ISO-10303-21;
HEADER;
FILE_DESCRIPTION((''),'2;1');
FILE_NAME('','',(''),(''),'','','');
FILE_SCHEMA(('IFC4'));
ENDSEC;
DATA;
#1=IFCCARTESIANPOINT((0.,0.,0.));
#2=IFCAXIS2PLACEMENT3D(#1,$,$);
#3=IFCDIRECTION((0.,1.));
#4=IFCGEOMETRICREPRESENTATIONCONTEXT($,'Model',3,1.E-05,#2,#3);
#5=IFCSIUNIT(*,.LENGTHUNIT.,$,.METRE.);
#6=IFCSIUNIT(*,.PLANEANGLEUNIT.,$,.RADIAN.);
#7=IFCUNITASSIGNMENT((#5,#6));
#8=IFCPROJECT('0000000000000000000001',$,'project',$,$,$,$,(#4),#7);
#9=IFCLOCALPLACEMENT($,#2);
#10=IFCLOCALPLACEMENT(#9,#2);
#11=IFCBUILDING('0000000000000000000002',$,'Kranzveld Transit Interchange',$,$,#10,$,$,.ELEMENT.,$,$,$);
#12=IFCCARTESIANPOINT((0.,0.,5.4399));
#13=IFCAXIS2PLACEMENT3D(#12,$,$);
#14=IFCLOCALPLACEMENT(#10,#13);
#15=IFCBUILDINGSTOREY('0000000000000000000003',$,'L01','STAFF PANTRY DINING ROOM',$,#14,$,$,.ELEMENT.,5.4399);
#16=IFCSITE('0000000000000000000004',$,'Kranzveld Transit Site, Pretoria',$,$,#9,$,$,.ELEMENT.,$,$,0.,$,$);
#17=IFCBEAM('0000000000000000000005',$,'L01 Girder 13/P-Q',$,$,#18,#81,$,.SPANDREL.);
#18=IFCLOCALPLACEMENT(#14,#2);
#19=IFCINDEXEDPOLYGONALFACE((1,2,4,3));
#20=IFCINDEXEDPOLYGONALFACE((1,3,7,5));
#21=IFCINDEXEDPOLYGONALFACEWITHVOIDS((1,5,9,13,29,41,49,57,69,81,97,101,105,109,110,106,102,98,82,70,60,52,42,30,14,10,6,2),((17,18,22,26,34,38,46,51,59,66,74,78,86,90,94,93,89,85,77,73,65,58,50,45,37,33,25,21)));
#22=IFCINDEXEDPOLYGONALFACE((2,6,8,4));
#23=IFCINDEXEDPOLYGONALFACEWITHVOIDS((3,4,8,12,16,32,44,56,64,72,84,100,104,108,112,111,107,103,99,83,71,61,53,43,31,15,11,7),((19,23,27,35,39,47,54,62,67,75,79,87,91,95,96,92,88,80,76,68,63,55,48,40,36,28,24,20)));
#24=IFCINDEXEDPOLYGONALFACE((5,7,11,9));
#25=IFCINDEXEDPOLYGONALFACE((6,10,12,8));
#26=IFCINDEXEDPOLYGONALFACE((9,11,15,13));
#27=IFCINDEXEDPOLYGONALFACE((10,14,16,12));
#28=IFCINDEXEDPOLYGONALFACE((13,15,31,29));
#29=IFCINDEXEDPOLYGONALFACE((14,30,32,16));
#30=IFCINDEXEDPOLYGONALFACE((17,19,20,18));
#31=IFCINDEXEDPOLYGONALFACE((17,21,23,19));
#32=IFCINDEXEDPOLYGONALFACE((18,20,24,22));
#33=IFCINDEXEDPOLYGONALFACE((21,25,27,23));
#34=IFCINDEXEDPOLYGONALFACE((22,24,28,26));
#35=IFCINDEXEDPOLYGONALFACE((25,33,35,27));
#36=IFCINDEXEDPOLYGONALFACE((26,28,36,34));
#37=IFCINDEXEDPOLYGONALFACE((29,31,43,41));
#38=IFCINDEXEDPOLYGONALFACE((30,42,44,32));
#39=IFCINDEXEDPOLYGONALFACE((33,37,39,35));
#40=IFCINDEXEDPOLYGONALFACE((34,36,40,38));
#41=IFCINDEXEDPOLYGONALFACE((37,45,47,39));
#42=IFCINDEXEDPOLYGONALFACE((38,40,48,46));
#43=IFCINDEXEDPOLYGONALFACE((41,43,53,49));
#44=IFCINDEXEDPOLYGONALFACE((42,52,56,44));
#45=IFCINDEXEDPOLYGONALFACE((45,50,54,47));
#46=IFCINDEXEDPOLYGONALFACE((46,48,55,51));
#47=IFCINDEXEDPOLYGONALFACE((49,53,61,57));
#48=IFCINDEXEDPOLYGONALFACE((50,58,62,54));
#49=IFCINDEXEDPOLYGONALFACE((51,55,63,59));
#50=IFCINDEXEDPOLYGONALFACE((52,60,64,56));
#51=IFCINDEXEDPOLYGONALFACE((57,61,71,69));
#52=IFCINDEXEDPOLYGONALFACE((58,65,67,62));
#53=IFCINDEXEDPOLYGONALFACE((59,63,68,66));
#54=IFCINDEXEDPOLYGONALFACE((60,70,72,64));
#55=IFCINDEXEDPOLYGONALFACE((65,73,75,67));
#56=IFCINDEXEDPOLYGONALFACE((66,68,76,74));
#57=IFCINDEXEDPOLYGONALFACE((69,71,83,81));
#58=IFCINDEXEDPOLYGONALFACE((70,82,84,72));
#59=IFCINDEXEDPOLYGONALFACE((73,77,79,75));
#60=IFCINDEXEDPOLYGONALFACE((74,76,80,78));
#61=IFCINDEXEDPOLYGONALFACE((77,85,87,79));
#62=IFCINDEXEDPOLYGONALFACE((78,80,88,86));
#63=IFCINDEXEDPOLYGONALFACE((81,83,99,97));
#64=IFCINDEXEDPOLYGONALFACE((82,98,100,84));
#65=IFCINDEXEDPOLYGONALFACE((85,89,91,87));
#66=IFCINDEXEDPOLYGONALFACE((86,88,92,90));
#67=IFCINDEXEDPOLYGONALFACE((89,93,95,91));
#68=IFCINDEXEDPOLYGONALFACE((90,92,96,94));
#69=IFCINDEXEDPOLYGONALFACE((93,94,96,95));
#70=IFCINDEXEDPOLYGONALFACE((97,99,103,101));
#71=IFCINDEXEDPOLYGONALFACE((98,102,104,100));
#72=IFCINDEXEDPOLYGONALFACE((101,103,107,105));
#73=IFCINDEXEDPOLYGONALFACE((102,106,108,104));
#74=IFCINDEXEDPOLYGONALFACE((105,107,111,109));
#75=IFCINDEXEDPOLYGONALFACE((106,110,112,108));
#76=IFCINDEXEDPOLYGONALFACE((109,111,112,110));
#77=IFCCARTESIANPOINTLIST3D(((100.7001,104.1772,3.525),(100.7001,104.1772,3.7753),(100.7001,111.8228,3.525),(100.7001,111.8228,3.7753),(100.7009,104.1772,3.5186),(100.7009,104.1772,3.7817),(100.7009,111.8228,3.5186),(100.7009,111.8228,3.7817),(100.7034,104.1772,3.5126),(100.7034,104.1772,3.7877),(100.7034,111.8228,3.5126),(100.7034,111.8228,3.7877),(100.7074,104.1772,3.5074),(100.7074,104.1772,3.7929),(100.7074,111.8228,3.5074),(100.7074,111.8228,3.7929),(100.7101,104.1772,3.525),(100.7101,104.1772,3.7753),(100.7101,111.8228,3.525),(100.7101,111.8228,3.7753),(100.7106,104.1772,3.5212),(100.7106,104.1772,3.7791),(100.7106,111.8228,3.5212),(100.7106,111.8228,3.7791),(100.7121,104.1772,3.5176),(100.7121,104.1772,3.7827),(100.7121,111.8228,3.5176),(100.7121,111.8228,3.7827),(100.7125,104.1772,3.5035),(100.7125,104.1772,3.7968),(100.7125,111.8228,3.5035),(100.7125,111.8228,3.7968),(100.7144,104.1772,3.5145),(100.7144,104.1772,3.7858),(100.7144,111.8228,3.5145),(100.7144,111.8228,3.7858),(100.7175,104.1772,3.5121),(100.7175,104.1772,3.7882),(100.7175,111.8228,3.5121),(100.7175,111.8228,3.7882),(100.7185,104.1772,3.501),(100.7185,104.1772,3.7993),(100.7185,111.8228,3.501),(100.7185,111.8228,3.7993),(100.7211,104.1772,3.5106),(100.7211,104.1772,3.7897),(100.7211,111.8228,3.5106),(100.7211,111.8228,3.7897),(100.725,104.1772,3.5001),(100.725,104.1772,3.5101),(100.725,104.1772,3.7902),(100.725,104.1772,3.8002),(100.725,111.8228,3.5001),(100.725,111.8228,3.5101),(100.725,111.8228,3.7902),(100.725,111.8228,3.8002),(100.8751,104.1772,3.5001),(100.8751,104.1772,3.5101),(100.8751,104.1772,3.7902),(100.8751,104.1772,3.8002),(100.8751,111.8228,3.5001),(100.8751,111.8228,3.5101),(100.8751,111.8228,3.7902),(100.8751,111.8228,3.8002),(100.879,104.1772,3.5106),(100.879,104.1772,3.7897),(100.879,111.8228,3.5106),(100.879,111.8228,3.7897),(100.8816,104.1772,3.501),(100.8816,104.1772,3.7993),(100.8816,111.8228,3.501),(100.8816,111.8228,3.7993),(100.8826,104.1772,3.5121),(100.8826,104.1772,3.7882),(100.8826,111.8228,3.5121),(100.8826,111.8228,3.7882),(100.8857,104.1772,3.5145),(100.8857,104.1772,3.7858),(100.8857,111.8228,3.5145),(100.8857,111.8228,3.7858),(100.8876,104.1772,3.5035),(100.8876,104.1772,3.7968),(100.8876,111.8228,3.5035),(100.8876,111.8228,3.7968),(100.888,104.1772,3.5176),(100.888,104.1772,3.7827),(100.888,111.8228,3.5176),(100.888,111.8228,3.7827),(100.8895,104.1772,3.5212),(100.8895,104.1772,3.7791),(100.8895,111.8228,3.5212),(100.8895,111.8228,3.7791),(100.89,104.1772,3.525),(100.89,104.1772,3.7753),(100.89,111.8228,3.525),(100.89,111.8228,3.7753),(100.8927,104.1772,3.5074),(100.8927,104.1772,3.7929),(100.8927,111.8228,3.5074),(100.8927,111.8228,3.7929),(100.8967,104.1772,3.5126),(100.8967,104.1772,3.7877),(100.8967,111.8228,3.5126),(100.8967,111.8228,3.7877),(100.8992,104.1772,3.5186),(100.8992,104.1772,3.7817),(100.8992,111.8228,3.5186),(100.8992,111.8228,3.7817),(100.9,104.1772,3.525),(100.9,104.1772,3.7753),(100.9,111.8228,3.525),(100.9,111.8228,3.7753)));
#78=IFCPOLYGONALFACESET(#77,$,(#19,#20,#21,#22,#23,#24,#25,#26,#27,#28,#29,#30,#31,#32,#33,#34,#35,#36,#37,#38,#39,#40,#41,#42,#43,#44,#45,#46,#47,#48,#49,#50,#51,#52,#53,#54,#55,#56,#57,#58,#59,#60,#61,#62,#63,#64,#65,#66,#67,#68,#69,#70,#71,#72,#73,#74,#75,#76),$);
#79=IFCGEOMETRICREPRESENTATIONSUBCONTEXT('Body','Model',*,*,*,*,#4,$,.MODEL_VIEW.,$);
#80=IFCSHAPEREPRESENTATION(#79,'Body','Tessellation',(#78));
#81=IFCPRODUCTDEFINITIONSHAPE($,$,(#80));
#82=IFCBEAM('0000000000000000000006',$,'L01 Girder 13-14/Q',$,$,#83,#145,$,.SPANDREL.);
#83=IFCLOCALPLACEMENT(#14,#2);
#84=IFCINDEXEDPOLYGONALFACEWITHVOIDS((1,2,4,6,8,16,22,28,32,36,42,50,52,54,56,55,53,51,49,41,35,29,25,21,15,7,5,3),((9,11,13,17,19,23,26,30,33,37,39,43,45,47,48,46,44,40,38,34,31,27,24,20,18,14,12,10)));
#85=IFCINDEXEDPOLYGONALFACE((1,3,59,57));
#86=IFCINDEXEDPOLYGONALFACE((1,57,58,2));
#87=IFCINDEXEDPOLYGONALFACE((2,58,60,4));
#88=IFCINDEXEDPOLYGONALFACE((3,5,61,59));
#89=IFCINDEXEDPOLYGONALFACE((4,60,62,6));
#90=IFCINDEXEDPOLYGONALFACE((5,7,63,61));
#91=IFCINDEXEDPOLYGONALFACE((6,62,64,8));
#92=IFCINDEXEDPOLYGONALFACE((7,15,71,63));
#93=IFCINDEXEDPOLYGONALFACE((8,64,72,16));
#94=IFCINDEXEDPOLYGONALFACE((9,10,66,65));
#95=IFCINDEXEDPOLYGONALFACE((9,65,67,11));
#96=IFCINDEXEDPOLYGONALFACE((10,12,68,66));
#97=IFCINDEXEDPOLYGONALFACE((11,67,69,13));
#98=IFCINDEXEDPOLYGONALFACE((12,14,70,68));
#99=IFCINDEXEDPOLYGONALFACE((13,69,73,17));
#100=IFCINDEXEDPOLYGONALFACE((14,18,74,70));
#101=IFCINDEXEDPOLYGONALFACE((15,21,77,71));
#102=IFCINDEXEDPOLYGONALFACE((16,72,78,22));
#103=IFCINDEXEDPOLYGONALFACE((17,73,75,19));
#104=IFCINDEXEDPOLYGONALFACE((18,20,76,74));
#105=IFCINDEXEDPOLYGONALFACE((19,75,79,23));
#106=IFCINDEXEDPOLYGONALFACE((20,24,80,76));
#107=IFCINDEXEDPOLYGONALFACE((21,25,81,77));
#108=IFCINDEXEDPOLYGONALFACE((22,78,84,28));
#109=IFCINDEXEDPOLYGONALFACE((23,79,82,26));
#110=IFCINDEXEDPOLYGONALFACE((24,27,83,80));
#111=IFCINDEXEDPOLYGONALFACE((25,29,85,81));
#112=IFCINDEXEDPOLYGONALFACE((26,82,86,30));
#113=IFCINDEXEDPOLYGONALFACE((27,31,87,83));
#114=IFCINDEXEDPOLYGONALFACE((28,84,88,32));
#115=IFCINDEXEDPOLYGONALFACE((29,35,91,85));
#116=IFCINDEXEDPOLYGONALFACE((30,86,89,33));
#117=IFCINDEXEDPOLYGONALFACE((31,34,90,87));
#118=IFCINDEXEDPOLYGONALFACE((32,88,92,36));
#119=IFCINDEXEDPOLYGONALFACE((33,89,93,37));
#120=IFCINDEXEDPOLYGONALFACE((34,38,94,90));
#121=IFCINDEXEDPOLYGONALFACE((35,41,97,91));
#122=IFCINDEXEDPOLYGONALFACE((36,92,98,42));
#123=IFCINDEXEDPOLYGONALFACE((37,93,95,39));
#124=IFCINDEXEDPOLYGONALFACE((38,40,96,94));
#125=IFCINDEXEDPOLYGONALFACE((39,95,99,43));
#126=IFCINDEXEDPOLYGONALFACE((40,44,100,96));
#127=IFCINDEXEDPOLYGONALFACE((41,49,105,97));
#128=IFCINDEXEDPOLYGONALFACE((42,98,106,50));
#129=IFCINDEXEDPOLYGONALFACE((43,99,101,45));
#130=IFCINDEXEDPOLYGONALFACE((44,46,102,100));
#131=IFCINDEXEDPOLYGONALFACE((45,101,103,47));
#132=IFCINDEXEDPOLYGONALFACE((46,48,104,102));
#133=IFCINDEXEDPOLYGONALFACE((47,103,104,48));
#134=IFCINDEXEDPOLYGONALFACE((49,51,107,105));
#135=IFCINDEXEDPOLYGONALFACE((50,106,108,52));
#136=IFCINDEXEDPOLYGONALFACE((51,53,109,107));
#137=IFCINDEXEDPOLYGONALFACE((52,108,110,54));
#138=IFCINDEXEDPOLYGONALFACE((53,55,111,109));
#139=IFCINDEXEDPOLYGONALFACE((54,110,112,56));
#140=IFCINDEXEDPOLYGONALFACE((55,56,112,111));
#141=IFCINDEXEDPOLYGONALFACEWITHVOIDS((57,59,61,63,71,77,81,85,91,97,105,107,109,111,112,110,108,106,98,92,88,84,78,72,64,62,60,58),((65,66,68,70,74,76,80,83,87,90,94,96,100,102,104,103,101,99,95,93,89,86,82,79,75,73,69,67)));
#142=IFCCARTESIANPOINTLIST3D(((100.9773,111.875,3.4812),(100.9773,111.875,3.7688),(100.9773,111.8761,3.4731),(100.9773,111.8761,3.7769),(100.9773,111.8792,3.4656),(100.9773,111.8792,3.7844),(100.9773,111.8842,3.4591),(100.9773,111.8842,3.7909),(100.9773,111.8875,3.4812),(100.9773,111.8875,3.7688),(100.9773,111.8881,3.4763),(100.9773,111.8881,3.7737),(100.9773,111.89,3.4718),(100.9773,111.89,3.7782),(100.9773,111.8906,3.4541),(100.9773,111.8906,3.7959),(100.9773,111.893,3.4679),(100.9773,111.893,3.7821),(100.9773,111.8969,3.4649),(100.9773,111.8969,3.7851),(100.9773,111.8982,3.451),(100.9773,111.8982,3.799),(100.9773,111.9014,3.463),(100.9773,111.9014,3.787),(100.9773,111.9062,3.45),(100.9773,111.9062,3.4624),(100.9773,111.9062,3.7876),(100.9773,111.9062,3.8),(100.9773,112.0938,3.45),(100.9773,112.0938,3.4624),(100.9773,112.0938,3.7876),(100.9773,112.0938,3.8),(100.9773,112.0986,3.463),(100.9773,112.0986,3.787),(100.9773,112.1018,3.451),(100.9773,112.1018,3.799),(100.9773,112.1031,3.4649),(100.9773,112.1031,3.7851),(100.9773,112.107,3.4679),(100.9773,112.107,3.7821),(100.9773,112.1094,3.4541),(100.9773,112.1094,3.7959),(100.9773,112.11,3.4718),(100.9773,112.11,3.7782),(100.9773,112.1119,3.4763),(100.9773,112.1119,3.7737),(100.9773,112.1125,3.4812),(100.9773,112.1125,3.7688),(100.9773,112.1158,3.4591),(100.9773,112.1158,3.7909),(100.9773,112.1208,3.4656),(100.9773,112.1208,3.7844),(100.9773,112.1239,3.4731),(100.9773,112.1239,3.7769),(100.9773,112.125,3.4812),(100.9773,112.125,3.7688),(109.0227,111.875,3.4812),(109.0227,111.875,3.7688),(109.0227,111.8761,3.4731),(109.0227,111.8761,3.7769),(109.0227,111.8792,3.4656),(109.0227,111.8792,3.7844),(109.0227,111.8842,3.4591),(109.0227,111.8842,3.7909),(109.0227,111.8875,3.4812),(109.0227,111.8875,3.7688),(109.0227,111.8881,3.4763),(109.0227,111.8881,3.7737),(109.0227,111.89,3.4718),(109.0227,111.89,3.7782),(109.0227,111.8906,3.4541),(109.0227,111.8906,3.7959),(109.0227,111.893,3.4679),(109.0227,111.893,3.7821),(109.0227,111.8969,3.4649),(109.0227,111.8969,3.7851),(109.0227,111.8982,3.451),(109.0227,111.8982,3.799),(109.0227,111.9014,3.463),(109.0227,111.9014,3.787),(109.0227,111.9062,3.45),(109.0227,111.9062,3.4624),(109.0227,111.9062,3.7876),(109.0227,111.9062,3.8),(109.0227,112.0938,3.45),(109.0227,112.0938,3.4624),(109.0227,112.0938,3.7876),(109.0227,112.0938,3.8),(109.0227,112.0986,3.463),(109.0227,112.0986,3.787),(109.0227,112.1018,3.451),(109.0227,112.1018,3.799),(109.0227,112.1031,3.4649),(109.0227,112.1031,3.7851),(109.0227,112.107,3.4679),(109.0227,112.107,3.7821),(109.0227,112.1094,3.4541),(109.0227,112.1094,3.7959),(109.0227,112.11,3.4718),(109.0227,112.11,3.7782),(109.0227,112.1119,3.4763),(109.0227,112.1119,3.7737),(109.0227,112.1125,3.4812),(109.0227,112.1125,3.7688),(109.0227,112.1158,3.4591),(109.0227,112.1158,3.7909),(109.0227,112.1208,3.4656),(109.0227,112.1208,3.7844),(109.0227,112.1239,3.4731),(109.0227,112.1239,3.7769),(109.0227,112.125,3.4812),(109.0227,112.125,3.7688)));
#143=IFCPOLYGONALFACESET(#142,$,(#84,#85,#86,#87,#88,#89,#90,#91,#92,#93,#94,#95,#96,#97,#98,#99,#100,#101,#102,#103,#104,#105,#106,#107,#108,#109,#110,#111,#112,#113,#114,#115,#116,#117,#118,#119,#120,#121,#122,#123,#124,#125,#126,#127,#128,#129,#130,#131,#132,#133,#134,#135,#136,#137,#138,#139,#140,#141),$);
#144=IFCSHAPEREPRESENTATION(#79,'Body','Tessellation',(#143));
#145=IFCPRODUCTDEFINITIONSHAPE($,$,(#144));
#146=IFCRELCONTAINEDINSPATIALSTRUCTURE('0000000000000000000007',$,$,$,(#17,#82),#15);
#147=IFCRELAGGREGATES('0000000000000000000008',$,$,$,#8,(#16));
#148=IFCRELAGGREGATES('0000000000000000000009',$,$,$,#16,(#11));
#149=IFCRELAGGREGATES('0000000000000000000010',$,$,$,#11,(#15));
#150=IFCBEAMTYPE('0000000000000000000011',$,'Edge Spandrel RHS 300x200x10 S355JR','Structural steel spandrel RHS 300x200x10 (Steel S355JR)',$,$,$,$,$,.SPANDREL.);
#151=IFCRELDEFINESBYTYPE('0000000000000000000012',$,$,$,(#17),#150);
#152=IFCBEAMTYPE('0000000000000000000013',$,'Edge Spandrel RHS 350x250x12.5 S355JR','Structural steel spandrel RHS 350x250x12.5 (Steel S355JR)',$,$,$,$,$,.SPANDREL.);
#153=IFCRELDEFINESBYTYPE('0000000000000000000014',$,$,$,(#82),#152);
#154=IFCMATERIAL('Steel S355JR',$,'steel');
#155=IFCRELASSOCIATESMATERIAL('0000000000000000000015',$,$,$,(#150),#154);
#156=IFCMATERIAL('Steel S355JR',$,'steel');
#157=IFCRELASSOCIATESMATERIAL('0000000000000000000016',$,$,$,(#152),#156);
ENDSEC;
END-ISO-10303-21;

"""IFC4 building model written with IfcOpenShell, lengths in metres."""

from ifc_helpers import new_model, si_unit, direction, frame, origin, origin_2d, place, context, subcontext, project, spatial, hollow_rectangle, extrude, material, material_profile, profile_set, type_object, element, save


model = new_model("IFC4")

# Units and contexts
model_context = context("Model", 3, precision=1e-05, world=origin(), true_north=direction((0.0, 1.0)))
body_context = subcontext(model_context, "Body", "Model", "MODEL_VIEW")
ifc_project = project(units=[si_unit("LENGTHUNIT", "METRE"), si_unit("PLANEANGLEUNIT", "RADIAN")], contexts=[model_context])

# Site, building, storey
site_placement = place(None, origin())
site = spatial("IfcSite", under=ifc_project, at=site_placement, Name="Kranzveld Transit Site, Pretoria", CompositionType="ELEMENT", RefElevation=0.0)
building_placement = place(site_placement, origin())
building = spatial("IfcBuilding", under=site, at=building_placement, Name="Kranzveld Transit Interchange", CompositionType="ELEMENT")
storey_placement = place(building_placement, frame((0.0, 0.0, 5.4399)))
storey = spatial("IfcBuildingStorey", under=building, at=storey_placement, Name="L01", Description="STAFF PANTRY DINING ROOM", CompositionType="ELEMENT", Elevation=5.4399)

# Beams
ifc_material_1 = material(Name="Steel S355JR", Category="steel")
ifc_material_profile_1 = material_profile(ifc_material_1, hollow_rectangle(XDim=0.2, YDim=0.3, WallThickness=0.01, InnerFilletRadius=0.0149, OuterFilletRadius=0.0249, at=origin_2d()), Name="RHS 300x200x10")
ifc_profile_set_1 = profile_set([ifc_material_profile_1], Name="Steel S355JR")
beam_type_1 = type_object("IfcBeamType", Name="Edge Spandrel RHS 300x200x10 S355JR", Description="Structural steel spandrel RHS 300x200x10 (Steel S355JR)", PredefinedType="SPANDREL", material=ifc_profile_set_1)
beam_1_placement = place(storey_placement, frame((100.8, 104.1772, 3.6501), z_axis=(0.0, 1.0, 0.0), x_axis=(-1.0, 0.0, 0.0)))
element("IfcBeam", 1, at=beam_1_placement, inside=storey, type_object=beam_type_1, Name="L01 Girder 13/P-Q", PredefinedType="SPANDREL", context=body_context, shape_type="SweptSolid", body=[
    extrude(hollow_rectangle(XDim=0.2, YDim=0.3, WallThickness=0.01, InnerFilletRadius=0.0149, OuterFilletRadius=0.0249, at=origin_2d()), origin(), (0.0, 0.0, 1.0), 7.6455),
])
ifc_material_2 = material(Name="Steel S355JR", Category="steel")
ifc_material_profile_2 = material_profile(ifc_material_2, hollow_rectangle(XDim=0.25, YDim=0.3501, WallThickness=0.0125, InnerFilletRadius=0.0188, OuterFilletRadius=0.0312, at=origin_2d()), Name="RHS 350x250x12.5")
ifc_profile_set_2 = profile_set([ifc_material_profile_2], Name="Steel S355JR")
beam_type_2 = type_object("IfcBeamType", Name="Edge Spandrel RHS 350x250x12.5 S355JR", Description="Structural steel spandrel RHS 350x250x12.5 (Steel S355JR)", PredefinedType="SPANDREL", material=ifc_profile_set_2)
for number, where, z_axis, x_axis, name in (
    (2, (100.9773, 112.0, 3.625), (1.0, 0.0, 0.0), (0.0, 1.0, 0.0), "L01 Girder 13-14/Q"),
):
    element("IfcBeam", number, at=place(storey_placement, frame(where, z_axis=z_axis, x_axis=x_axis)), inside=storey, type_object=beam_type_2, Name=name, PredefinedType="SPANDREL", context=body_context, shape_type="SweptSolid", body=[
        extrude(hollow_rectangle(XDim=0.25, YDim=0.3501, WallThickness=0.0125, InnerFilletRadius=0.0188, OuterFilletRadius=0.0312, at=origin_2d()), origin(), (0.0, 0.0, 1.0), 8.0454),
    ])

save(model, "model.ifc")
